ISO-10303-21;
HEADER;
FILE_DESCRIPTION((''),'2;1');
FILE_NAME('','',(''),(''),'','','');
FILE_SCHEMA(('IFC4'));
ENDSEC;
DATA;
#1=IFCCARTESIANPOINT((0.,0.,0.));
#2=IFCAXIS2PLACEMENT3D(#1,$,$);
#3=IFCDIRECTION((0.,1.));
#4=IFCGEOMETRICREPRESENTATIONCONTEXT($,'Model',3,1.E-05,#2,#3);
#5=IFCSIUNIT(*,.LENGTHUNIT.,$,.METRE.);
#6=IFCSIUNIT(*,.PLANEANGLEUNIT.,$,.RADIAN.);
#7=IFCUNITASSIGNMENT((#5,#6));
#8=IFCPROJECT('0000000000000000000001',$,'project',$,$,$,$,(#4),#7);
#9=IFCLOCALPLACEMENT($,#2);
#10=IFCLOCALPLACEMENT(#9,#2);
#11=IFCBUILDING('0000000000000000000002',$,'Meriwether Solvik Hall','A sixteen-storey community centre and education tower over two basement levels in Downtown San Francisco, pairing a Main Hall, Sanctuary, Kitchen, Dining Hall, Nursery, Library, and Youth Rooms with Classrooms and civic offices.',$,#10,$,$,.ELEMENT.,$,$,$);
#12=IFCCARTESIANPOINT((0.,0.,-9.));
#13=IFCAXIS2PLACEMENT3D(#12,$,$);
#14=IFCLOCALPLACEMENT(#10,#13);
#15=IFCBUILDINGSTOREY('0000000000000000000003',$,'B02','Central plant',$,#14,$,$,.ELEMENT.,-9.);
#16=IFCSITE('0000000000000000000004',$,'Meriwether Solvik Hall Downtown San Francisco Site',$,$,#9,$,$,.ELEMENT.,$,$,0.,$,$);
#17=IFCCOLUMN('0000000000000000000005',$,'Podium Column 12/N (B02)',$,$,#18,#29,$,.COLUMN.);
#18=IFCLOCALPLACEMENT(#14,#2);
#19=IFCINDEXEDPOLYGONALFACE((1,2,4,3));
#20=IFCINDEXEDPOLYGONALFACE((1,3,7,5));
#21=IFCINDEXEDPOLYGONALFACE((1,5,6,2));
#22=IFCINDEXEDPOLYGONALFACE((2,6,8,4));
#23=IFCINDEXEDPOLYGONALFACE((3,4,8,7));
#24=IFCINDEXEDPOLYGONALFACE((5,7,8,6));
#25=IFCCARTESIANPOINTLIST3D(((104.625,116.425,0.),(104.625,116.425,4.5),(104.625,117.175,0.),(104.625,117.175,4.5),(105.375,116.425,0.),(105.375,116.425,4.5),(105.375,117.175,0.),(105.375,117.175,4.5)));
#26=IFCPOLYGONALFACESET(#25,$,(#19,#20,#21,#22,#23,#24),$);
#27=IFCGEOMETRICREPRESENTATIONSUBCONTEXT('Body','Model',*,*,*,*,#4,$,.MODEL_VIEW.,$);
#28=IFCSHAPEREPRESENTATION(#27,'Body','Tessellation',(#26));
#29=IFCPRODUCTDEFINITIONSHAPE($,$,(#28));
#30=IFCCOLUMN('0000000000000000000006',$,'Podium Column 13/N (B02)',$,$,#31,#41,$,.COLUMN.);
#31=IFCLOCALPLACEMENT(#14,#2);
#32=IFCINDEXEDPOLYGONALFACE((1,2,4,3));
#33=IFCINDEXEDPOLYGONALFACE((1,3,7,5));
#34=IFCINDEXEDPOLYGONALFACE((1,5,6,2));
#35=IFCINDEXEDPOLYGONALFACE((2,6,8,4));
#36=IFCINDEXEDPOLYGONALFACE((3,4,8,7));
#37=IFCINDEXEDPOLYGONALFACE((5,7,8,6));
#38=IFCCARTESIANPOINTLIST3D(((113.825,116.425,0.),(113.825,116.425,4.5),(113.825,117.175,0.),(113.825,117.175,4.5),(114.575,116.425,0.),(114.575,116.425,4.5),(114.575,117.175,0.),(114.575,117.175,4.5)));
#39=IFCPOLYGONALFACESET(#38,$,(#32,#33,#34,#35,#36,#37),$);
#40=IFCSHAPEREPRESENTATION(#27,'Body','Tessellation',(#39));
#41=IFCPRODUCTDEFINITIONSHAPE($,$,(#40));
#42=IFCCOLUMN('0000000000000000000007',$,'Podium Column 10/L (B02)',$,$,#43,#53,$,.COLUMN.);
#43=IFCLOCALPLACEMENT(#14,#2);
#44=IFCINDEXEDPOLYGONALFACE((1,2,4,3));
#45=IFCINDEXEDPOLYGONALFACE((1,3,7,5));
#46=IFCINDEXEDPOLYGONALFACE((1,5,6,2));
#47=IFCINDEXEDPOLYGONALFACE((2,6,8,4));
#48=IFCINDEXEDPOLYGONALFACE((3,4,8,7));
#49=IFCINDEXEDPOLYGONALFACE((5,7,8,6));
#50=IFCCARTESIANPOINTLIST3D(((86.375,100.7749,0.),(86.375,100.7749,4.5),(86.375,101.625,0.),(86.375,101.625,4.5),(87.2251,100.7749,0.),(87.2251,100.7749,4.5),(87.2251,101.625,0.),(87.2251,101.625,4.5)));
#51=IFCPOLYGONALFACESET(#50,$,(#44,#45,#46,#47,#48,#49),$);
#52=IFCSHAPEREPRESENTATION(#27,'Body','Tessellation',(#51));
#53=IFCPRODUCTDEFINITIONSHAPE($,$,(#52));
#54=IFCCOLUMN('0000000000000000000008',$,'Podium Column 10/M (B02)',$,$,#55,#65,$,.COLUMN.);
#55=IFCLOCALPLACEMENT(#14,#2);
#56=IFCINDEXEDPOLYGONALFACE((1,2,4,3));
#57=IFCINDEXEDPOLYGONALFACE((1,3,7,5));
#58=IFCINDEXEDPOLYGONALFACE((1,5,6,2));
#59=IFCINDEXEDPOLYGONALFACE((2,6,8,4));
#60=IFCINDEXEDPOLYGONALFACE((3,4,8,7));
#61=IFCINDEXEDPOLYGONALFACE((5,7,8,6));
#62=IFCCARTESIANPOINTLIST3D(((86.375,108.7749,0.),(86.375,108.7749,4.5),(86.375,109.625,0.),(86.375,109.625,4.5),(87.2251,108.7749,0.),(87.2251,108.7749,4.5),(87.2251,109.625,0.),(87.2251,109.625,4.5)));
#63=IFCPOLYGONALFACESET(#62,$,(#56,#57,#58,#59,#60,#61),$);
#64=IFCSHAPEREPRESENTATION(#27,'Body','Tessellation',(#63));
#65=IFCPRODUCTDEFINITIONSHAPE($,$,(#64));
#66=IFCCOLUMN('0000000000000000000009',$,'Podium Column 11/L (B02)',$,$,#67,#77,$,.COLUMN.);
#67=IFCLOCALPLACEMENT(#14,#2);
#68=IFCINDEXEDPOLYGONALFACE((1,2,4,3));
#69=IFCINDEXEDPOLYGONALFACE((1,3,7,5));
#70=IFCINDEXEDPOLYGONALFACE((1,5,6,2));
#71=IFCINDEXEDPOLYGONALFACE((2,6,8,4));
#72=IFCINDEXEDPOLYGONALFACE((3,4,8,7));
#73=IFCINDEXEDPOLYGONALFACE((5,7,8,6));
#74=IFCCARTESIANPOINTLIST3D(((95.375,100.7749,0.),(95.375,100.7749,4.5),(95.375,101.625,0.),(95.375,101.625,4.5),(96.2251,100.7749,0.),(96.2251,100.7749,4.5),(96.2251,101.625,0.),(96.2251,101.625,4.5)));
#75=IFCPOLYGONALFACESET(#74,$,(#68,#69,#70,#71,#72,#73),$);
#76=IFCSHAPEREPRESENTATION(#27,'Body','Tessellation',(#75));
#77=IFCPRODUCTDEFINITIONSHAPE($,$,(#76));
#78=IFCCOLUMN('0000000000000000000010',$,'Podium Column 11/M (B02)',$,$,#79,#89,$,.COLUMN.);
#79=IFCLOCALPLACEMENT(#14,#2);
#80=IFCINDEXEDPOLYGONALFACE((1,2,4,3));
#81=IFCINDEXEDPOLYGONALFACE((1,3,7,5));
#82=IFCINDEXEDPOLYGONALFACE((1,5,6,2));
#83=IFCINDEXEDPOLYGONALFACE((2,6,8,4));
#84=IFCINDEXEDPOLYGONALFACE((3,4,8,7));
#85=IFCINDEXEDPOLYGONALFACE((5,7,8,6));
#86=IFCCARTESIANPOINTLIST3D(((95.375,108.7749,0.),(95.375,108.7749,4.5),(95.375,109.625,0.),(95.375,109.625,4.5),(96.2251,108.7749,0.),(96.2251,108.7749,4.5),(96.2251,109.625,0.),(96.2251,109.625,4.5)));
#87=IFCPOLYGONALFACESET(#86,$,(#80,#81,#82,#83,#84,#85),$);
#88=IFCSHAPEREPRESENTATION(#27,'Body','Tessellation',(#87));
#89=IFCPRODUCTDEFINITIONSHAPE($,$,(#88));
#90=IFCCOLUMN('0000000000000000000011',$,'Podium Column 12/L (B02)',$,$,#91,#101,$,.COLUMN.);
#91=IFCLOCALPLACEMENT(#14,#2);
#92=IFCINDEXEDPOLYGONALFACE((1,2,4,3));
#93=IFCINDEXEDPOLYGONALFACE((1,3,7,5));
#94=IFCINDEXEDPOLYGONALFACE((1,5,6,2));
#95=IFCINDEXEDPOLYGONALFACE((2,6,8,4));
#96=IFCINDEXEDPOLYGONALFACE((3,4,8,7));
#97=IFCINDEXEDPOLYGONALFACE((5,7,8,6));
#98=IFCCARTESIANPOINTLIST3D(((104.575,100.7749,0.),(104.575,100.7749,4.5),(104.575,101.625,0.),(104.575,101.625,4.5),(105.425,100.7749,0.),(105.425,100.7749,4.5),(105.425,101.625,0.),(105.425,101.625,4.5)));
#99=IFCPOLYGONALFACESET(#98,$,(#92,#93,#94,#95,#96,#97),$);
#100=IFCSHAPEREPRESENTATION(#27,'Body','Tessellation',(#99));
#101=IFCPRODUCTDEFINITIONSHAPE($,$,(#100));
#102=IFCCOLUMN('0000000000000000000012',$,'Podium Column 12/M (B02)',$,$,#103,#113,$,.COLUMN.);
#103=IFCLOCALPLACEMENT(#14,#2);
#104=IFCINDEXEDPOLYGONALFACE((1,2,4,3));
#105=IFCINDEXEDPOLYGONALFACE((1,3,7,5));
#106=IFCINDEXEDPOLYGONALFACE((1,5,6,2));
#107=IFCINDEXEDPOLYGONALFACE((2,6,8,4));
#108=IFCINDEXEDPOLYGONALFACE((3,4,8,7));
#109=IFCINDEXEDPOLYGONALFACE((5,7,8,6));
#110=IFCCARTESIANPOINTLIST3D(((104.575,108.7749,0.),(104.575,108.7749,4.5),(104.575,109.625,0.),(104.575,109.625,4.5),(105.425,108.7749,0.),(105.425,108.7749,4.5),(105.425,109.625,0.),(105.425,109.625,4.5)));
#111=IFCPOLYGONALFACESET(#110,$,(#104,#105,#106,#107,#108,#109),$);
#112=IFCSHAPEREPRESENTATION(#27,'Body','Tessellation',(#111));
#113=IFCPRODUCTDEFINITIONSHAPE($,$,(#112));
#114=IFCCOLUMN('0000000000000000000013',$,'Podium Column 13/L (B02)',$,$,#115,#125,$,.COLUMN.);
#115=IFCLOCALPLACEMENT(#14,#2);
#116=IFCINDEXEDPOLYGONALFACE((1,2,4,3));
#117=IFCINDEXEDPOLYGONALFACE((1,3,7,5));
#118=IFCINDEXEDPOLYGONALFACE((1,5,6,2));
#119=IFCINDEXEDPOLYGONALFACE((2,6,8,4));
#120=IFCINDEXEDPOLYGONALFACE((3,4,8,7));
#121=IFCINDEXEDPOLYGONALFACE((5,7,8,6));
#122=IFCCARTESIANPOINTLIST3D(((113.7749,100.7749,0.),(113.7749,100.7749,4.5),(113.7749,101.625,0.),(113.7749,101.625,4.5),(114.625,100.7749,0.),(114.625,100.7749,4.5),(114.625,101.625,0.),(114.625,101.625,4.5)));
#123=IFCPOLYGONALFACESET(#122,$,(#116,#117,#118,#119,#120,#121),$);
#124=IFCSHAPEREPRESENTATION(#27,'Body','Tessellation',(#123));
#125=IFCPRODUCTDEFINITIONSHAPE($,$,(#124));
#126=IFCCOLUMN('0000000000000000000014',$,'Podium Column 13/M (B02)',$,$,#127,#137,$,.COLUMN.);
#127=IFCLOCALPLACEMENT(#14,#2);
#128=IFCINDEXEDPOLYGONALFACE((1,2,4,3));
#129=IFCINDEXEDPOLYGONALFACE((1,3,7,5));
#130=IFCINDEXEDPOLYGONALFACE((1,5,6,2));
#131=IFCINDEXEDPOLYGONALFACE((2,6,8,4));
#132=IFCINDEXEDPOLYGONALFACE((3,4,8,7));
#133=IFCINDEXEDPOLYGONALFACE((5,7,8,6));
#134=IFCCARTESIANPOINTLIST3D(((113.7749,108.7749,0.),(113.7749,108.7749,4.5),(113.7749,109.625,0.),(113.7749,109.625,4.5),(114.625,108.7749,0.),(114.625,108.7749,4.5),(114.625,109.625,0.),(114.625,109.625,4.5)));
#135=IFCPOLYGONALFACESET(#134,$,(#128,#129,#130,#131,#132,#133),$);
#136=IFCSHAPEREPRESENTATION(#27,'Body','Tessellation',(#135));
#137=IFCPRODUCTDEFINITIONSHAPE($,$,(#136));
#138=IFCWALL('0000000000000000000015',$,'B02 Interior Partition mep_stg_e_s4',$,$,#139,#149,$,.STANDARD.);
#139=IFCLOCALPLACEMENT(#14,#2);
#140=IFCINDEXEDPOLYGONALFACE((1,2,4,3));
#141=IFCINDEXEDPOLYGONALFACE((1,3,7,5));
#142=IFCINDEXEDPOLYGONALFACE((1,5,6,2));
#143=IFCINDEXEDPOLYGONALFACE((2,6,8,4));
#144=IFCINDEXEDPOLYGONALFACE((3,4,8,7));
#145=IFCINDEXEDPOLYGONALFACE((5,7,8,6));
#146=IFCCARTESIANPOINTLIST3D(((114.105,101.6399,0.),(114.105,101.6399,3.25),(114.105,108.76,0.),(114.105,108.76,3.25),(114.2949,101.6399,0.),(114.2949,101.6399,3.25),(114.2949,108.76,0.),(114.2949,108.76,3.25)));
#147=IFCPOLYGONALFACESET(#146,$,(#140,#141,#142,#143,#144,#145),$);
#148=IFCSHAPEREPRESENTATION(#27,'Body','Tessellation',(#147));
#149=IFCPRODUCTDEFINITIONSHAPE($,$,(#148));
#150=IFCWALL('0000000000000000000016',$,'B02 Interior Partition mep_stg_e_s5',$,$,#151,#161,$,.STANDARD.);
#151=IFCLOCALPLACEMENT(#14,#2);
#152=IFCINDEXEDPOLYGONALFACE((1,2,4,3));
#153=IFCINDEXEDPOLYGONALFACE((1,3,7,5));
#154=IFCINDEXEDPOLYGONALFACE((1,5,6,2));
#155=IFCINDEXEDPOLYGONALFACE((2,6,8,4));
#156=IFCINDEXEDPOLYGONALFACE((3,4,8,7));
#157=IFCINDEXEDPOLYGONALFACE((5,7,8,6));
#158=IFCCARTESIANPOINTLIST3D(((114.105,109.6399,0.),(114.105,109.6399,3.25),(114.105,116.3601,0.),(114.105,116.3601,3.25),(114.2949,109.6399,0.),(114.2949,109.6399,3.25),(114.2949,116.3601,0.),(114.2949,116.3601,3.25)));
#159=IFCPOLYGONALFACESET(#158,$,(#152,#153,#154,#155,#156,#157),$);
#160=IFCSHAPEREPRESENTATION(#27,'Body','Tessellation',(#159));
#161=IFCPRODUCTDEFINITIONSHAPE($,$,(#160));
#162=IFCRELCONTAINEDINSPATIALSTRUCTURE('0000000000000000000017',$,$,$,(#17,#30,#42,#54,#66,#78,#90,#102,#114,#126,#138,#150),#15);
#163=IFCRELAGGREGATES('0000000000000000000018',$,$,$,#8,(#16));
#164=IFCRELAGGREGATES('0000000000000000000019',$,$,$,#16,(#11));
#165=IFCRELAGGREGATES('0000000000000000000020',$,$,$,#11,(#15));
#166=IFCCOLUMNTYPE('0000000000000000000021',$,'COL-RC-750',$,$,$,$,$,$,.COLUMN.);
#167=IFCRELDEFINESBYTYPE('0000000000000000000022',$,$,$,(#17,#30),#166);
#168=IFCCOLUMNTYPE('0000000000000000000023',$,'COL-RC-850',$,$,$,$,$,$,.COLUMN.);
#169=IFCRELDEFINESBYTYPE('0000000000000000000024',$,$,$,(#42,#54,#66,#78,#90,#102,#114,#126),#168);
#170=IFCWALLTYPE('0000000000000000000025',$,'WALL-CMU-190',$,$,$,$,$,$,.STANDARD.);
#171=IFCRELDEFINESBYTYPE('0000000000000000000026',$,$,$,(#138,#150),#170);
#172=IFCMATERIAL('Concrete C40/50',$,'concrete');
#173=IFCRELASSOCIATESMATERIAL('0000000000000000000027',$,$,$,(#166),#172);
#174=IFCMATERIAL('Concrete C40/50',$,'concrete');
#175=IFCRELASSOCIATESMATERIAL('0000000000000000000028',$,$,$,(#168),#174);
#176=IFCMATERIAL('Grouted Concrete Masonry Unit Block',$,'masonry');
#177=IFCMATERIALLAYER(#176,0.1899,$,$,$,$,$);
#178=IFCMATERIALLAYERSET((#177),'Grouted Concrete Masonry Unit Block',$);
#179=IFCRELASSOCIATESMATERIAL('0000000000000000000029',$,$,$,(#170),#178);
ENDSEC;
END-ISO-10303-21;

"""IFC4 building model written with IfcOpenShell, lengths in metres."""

from ifc_helpers import new_model, si_unit, direction, frame, frame_2d, origin, origin_2d, place, context, subcontext, project, spatial, rectangle, extrude, material, layer, layer_set, material_profile, profile_set, type_object, element, save


model = new_model("IFC4")

# Units and contexts
model_context = context("Model", 3, precision=1e-05, world=origin(), true_north=direction((0.0, 1.0)))
body_context = subcontext(model_context, "Body", "Model", "MODEL_VIEW")
ifc_project = project(units=[si_unit("LENGTHUNIT", "METRE"), si_unit("PLANEANGLEUNIT", "RADIAN")], contexts=[model_context])

# Site, building, storey
site_placement = place(None, origin())
site = spatial("IfcSite", under=ifc_project, at=site_placement, Name="Meriwether Solvik Hall Downtown San Francisco Site", CompositionType="ELEMENT", RefElevation=0.0)
building_placement = place(site_placement, origin())
building = spatial("IfcBuilding", under=site, at=building_placement, Name="Meriwether Solvik Hall", Description="A sixteen-storey community centre and education tower over two basement levels in Downtown San Francisco, pairing a Main Hall, Sanctuary, Kitchen, Dining Hall, Nursery, Library, and Youth Rooms with Classrooms and civic offices.", CompositionType="ELEMENT")
storey_placement = place(building_placement, frame((0.0, 0.0, -9.0)))
storey = spatial("IfcBuildingStorey", under=building, at=storey_placement, Name="B02", Description="Central plant", CompositionType="ELEMENT", Elevation=-9.0)

# Columns
ifc_material_1 = material(Name="Concrete C40/50", Category="concrete")
ifc_material_profile_1 = material_profile(ifc_material_1, rectangle(XDim=0.75, YDim=0.75, at=origin_2d()), Name="RCC-750X750")
ifc_profile_set_1 = profile_set([ifc_material_profile_1], Name="Concrete C40/50")
column_type_1 = type_object("IfcColumnType", Name="COL-RC-750", PredefinedType="COLUMN", material=ifc_profile_set_1)
for number, where, z_axis, x_axis, name in (
    (1, (105.0, 116.8, 0.0), (0.0, 0.0, 1.0), (1.0, 0.0, 0.0), "Podium Column 12/N (B02)"),
    (2, (114.2, 116.8, 0.0), (0.0, 0.0, 1.0), (1.0, 0.0, 0.0), "Podium Column 13/N (B02)"),
):
    element("IfcColumn", number, at=place(storey_placement, frame(where, z_axis=z_axis, x_axis=x_axis)), inside=storey, type_object=column_type_1, Name=name, PredefinedType="COLUMN", context=body_context, shape_type="SweptSolid", body=[
        extrude(rectangle(XDim=0.75, YDim=0.75, at=origin_2d()), origin(), (0.0, 0.0, 1.0), 4.5),
    ])
ifc_material_2 = material(Name="Concrete C40/50", Category="concrete")
ifc_material_profile_2 = material_profile(ifc_material_2, rectangle(XDim=0.8501, YDim=0.8501, at=origin_2d()), Name="RCC-850X850")
ifc_profile_set_2 = profile_set([ifc_material_profile_2], Name="Concrete C40/50")
column_type_2 = type_object("IfcColumnType", Name="COL-RC-850", PredefinedType="COLUMN", material=ifc_profile_set_2)
for number, where, z_axis, x_axis, name in (
    (3, (86.8, 101.2, 0.0), (0.0, 0.0, 1.0), (1.0, 0.0, 0.0), "Podium Column 10/L (B02)"),
    (4, (86.8, 109.2, 0.0), (0.0, 0.0, 1.0), (1.0, 0.0, 0.0), "Podium Column 10/M (B02)"),
    (5, (95.8, 101.2, 0.0), (0.0, 0.0, 1.0), (1.0, 0.0, 0.0), "Podium Column 11/L (B02)"),
    (6, (95.8, 109.2, 0.0), (0.0, 0.0, 1.0), (1.0, 0.0, 0.0), "Podium Column 11/M (B02)"),
    (7, (105.0, 101.2, 0.0), (0.0, 0.0, 1.0), (1.0, 0.0, 0.0), "Podium Column 12/L (B02)"),
    (8, (105.0, 109.2, 0.0), (0.0, 0.0, 1.0), (1.0, 0.0, 0.0), "Podium Column 12/M (B02)"),
    (9, (114.2, 101.2, 0.0), (0.0, 0.0, 1.0), (1.0, 0.0, 0.0), "Podium Column 13/L (B02)"),
    (10, (114.2, 109.2, 0.0), (0.0, 0.0, 1.0), (1.0, 0.0, 0.0), "Podium Column 13/M (B02)"),
):
    element("IfcColumn", number, at=place(storey_placement, frame(where, z_axis=z_axis, x_axis=x_axis)), inside=storey, type_object=column_type_2, Name=name, PredefinedType="COLUMN", context=body_context, shape_type="SweptSolid", body=[
        extrude(rectangle(XDim=0.8501, YDim=0.8501, at=origin_2d()), origin(), (0.0, 0.0, 1.0), 4.5),
    ])

# Walls
ifc_material_3 = material(Name="Grouted Concrete Masonry Unit Block", Category="masonry")
ifc_layer_1 = layer(ifc_material_3, 0.1899)
ifc_layer_set_1 = layer_set([ifc_layer_1], Name="Grouted Concrete Masonry Unit Block")
wall_type = type_object("IfcWallType", Name="WALL-CMU-190", PredefinedType="STANDARD", material=ifc_layer_set_1)
wall_1_placement = place(storey_placement, frame((114.2, 101.6399, 0.0), z_axis=(0.0, 0.0, 1.0), x_axis=(0.0, 1.0, 0.0)))
element("IfcWall", 11, at=wall_1_placement, inside=storey, type_object=wall_type, Name="B02 Interior Partition mep_stg_e_s4", PredefinedType="STANDARD", context=body_context, shape_type="SweptSolid", body=[
    extrude(rectangle(XDim=7.1201, YDim=0.1899, at=frame_2d((3.5601, 0.0))), origin(), (0.0, 0.0, 1.0), 3.25),
])
wall_2_placement = place(storey_placement, frame((114.2, 109.6399, 0.0), z_axis=(0.0, 0.0, 1.0), x_axis=(0.0, 1.0, 0.0)))
element("IfcWall", 12, at=wall_2_placement, inside=storey, type_object=wall_type, Name="B02 Interior Partition mep_stg_e_s5", PredefinedType="STANDARD", context=body_context, shape_type="SweptSolid", body=[
    extrude(rectangle(XDim=6.7202, YDim=0.1899, at=frame_2d((3.3601, 0.0))), origin(), (0.0, 0.0, 1.0), 3.25),
])

save(model, "model.ifc")
